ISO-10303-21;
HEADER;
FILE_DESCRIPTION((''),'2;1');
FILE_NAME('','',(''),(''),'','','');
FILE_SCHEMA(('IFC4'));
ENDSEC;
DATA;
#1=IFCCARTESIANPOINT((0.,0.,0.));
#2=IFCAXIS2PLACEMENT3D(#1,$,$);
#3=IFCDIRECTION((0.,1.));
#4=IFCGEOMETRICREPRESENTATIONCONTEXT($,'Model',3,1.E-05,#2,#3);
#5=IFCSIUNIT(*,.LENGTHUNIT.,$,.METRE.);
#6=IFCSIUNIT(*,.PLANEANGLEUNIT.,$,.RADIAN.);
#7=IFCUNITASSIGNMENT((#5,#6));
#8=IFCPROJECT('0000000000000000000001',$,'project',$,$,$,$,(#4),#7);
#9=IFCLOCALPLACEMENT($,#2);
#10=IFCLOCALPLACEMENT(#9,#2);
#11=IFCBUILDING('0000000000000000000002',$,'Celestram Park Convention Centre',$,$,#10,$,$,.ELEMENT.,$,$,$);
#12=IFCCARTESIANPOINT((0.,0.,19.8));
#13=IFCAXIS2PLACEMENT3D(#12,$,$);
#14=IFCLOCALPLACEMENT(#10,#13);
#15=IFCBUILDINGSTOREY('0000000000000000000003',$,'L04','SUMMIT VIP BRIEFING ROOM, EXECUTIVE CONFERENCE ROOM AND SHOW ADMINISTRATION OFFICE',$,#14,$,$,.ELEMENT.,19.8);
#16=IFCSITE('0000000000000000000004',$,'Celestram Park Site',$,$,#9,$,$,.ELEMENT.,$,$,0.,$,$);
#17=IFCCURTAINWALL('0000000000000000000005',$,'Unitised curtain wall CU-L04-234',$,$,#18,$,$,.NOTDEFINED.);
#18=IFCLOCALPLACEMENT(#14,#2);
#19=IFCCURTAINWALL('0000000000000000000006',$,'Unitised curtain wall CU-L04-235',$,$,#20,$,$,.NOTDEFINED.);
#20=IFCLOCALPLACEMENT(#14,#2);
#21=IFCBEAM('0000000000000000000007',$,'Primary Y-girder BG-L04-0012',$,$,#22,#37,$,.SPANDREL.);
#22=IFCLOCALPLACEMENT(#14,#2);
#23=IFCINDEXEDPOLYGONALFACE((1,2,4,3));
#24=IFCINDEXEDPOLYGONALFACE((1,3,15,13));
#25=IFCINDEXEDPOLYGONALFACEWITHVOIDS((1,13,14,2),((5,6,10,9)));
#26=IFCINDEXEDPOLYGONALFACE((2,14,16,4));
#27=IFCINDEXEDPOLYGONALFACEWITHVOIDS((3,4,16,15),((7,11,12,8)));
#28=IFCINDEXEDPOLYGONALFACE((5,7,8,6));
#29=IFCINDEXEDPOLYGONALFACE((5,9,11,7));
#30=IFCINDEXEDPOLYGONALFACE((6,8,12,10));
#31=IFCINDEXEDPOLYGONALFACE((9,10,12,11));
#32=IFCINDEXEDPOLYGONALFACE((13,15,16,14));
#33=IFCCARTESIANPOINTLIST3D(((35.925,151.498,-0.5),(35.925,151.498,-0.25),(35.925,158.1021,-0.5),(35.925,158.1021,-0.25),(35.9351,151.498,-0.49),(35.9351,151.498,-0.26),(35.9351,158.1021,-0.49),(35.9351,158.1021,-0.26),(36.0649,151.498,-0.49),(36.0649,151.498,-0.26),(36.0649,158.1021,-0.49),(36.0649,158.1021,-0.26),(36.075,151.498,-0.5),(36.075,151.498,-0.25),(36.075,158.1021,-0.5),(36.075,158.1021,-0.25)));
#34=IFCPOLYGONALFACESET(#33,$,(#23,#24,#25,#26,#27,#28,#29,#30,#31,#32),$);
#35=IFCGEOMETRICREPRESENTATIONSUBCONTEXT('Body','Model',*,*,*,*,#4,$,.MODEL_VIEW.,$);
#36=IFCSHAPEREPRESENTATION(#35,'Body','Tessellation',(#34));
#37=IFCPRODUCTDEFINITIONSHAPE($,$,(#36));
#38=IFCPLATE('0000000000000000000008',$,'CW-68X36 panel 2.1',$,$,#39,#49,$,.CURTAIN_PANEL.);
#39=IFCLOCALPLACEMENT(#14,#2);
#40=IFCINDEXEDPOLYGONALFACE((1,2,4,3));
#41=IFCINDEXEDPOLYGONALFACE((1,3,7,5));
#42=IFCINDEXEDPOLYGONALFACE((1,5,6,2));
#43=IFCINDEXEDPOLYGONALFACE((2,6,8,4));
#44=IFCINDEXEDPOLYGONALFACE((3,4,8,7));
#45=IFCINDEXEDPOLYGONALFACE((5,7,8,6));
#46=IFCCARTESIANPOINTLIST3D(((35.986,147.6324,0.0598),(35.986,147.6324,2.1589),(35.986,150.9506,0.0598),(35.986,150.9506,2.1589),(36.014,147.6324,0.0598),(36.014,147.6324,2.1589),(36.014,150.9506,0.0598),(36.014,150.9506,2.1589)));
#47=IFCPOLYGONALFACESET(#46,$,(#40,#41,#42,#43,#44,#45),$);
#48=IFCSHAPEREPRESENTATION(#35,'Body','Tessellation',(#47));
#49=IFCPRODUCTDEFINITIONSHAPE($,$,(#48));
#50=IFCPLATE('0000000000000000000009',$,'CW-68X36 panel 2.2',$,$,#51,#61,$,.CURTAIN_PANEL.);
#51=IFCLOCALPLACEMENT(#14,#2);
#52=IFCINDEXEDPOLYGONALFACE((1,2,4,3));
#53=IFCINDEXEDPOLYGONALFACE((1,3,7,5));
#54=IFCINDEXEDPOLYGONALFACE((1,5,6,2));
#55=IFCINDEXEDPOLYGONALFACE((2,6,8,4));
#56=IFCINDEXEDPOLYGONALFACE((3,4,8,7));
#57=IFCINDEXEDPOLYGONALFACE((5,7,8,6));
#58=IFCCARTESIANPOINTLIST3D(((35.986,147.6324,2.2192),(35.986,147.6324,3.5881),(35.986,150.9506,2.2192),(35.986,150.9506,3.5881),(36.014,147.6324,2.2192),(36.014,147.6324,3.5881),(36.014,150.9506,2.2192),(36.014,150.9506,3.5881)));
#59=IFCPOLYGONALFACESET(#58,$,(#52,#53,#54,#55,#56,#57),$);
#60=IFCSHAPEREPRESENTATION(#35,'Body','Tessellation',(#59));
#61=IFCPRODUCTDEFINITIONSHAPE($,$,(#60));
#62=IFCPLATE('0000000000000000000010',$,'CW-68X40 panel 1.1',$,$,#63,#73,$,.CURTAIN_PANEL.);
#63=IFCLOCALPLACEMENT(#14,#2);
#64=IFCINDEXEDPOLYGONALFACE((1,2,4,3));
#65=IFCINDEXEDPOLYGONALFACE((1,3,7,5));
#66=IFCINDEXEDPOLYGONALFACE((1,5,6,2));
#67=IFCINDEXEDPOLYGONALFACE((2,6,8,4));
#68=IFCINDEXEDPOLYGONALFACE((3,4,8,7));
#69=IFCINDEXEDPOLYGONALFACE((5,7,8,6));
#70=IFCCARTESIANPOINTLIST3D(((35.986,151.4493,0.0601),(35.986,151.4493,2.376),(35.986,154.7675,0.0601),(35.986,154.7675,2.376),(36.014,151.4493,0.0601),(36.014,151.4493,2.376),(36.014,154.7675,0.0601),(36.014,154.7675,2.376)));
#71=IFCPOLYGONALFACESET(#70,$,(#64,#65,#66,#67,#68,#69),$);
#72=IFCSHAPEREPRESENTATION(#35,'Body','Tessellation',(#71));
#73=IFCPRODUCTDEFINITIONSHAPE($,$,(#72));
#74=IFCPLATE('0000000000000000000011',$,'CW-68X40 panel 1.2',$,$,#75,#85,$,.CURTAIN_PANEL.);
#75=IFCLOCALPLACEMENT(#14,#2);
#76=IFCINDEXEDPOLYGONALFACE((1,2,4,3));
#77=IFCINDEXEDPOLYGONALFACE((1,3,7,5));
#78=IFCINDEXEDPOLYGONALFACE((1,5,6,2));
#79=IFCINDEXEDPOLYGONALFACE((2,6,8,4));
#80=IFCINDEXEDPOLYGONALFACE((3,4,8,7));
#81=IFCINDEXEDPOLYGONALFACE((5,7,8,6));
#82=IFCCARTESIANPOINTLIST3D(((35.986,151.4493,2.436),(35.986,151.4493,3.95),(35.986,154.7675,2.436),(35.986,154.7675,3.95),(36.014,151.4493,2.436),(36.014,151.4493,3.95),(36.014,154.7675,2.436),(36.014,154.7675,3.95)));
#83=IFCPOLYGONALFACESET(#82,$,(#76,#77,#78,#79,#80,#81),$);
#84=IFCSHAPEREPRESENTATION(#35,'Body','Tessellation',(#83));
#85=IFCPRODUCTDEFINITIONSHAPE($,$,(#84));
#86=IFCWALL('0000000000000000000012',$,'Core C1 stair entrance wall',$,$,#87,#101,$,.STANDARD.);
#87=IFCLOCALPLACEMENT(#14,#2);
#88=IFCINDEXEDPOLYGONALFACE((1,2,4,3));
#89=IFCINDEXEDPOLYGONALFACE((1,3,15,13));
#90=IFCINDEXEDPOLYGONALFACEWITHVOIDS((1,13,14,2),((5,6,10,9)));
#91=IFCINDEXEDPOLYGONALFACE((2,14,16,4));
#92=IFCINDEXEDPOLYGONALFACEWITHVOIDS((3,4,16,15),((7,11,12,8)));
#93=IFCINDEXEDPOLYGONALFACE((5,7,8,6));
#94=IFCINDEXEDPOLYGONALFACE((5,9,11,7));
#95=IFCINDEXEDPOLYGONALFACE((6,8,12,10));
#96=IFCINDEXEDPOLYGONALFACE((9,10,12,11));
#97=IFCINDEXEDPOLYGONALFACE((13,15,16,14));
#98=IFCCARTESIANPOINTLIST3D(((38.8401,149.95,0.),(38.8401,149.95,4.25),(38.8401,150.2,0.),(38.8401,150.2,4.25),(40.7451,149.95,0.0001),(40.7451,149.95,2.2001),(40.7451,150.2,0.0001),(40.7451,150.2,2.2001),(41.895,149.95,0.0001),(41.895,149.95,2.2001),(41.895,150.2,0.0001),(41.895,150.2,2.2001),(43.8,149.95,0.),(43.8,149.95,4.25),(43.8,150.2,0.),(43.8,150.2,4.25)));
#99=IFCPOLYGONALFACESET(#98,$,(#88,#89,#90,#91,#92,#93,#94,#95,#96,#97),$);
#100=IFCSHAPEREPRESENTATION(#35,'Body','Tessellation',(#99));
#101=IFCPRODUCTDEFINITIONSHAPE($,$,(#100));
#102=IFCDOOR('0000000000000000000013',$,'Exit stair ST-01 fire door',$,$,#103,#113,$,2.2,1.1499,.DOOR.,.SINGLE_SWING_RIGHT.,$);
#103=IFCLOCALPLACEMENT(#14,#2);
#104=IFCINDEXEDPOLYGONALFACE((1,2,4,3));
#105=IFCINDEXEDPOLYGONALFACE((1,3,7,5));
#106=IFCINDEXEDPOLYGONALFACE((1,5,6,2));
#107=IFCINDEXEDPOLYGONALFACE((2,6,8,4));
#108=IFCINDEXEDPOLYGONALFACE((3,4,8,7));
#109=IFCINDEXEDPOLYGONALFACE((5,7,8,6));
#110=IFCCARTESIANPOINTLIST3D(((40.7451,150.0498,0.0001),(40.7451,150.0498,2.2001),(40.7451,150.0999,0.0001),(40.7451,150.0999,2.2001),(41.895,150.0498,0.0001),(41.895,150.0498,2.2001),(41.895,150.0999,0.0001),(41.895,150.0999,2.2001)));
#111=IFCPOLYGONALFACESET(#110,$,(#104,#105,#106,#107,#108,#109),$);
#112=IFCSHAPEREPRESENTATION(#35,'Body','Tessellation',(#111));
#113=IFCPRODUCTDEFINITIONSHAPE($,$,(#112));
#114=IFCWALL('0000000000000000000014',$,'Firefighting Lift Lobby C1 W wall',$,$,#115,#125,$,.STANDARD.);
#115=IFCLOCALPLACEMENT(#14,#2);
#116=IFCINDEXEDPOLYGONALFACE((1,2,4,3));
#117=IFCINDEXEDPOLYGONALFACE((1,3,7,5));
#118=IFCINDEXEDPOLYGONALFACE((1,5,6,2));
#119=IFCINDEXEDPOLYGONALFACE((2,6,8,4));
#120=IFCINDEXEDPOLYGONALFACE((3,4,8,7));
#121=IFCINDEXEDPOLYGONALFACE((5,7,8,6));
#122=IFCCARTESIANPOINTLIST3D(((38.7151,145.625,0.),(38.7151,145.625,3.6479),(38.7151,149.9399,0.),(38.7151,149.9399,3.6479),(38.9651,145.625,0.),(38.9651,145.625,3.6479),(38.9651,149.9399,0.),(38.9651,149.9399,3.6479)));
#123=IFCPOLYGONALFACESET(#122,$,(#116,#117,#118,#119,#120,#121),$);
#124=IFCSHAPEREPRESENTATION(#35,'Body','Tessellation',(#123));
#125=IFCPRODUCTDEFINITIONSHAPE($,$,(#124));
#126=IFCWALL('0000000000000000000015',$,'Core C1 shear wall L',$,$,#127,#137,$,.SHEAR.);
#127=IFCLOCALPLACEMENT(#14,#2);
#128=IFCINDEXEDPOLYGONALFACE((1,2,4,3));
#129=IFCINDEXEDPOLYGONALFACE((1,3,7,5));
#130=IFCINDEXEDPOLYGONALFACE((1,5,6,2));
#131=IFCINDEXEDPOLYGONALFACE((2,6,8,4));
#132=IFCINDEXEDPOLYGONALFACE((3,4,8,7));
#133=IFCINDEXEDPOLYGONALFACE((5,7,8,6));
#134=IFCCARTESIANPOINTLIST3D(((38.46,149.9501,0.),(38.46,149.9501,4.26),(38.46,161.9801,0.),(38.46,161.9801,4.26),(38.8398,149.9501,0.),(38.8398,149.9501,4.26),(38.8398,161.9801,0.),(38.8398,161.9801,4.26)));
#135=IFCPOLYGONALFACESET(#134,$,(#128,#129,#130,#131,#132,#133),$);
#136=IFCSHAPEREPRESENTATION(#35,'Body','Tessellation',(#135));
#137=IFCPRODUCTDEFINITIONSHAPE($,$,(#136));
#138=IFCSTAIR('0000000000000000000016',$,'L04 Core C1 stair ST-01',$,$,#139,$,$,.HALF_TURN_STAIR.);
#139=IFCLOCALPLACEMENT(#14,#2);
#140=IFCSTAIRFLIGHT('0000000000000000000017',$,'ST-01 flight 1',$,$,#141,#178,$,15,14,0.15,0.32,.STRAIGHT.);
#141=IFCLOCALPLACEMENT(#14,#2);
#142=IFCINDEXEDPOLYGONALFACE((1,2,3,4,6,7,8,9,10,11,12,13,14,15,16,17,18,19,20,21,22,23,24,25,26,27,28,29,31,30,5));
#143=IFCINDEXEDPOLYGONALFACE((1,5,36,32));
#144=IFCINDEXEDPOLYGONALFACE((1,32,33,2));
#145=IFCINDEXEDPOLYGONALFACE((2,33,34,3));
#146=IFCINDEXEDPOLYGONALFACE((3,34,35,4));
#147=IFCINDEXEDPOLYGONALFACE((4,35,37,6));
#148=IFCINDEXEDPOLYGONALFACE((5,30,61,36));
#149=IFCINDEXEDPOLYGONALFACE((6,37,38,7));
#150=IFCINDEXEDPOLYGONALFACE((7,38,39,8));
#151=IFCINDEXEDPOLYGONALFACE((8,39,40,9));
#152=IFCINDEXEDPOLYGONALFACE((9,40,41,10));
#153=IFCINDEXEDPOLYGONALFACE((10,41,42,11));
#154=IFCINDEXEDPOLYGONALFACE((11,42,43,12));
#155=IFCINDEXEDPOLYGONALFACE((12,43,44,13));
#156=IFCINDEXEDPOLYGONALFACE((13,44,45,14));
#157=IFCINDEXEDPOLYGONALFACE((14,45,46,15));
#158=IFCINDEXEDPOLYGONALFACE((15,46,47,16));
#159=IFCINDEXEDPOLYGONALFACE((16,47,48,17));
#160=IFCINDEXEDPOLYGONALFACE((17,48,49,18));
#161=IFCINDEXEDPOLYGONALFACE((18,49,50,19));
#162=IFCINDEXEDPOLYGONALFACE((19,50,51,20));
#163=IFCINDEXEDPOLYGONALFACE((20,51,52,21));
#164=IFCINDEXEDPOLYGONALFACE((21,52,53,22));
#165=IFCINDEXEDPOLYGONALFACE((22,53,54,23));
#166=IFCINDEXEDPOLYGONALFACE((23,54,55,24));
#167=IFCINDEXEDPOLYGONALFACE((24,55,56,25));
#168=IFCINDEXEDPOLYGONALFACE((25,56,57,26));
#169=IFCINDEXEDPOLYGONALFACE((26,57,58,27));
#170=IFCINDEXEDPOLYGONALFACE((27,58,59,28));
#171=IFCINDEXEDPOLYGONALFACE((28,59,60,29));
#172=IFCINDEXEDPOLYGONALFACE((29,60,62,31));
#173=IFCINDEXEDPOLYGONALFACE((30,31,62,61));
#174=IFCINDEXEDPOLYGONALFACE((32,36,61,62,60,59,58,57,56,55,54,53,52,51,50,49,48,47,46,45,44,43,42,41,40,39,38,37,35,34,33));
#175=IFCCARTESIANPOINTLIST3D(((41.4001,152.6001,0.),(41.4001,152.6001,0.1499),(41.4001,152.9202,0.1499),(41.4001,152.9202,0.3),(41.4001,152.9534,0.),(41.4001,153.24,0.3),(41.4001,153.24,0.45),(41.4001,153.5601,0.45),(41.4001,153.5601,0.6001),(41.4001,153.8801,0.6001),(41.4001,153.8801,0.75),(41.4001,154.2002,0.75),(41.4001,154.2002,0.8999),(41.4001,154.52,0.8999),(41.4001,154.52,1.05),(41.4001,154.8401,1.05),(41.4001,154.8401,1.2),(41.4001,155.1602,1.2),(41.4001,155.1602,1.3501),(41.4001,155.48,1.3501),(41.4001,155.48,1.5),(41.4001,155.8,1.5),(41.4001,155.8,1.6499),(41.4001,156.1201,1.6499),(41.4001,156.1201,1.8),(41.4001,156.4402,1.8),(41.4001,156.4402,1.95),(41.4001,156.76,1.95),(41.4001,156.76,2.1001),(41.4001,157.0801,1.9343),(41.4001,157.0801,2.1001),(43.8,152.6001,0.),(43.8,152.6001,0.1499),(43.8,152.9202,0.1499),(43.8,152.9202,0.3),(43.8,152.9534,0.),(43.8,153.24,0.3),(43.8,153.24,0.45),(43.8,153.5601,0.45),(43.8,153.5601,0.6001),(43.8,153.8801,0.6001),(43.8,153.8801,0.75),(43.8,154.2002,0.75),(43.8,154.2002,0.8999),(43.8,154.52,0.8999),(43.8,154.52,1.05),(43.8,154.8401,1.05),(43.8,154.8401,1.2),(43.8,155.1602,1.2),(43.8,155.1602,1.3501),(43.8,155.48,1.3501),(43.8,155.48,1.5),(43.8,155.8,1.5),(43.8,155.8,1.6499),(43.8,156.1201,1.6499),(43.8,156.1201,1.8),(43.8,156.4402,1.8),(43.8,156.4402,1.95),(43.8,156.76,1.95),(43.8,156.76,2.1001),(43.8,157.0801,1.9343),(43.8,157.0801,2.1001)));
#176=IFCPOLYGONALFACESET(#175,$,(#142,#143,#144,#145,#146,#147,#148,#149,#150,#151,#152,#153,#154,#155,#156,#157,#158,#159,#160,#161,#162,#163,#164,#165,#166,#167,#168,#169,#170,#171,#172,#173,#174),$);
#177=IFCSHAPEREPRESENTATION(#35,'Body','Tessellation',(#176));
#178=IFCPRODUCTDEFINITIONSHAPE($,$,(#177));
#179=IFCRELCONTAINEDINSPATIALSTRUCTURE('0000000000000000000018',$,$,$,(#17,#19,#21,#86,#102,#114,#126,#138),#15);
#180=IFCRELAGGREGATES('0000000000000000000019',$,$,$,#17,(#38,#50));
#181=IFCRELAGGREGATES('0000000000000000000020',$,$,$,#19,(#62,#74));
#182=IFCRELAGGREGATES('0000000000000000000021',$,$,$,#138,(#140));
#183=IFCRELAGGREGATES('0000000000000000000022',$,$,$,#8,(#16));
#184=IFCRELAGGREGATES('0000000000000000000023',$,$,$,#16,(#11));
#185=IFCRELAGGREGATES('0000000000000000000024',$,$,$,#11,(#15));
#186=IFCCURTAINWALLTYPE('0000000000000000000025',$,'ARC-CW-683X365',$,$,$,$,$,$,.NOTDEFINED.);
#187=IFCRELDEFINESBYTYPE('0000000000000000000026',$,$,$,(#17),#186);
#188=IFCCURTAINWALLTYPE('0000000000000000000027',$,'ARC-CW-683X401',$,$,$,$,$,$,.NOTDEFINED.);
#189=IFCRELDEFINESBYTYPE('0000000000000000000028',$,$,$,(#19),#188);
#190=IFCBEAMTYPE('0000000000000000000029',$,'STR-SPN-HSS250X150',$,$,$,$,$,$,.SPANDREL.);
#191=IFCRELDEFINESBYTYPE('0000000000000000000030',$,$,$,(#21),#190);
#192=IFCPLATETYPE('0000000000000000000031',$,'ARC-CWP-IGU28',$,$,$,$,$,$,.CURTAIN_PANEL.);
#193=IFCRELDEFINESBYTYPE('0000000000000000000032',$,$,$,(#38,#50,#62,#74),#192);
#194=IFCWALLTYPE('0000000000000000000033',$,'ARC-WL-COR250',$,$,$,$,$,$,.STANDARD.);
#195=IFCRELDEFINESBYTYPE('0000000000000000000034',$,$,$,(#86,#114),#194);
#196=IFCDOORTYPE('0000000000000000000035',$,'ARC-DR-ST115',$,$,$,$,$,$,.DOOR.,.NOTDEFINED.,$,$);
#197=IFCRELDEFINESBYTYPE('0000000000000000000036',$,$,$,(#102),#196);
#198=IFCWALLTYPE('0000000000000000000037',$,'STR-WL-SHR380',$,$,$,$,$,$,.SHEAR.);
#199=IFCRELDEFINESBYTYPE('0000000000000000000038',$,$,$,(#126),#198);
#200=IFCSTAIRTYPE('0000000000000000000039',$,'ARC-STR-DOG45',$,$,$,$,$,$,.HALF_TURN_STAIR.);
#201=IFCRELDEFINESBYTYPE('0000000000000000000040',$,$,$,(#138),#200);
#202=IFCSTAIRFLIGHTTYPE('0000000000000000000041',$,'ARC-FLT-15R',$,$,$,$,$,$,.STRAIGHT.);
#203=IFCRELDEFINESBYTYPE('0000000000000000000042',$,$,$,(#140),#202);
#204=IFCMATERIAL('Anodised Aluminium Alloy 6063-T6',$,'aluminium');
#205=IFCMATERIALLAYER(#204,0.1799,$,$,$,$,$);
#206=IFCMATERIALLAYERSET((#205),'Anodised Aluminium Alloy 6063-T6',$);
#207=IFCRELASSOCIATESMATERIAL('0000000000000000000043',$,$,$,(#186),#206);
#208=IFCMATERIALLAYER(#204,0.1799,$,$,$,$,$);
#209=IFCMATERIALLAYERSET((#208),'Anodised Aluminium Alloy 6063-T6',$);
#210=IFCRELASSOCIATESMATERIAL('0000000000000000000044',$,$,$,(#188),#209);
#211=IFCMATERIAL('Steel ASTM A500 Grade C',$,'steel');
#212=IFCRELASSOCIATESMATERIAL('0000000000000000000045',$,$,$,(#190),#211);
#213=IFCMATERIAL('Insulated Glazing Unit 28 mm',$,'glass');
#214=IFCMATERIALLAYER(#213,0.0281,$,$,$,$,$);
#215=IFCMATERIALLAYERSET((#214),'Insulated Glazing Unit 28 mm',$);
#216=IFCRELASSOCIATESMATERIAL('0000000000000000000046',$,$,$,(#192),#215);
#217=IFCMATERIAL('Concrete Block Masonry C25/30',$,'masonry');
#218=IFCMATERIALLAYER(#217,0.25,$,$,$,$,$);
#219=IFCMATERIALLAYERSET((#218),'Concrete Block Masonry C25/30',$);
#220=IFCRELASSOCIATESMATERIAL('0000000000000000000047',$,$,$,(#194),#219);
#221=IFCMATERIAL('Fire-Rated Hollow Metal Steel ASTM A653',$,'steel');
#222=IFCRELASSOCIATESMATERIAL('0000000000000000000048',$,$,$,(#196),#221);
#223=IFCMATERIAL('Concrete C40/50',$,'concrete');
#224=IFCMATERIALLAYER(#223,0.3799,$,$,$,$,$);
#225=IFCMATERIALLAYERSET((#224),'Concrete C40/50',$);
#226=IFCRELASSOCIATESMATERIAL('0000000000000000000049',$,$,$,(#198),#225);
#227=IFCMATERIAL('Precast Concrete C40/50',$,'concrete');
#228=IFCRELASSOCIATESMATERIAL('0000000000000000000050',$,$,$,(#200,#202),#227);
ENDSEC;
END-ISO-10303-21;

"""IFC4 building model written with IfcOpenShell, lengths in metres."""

from ifc_helpers import new_model, si_unit, direction, frame, frame_2d, origin, origin_2d, place, context, subcontext, project, spatial, polyline, rectangle, hollow_rectangle, outline, extrude, material, layer, layer_set, material_profile, profile_set, type_object, element, fill, aggregate, save


model = new_model("IFC4")

# Units and contexts
model_context = context("Model", 3, precision=1e-05, world=origin(), true_north=direction((0.0, 1.0)))
body_context = subcontext(model_context, "Body", "Model", "MODEL_VIEW")
ifc_project = project(units=[si_unit("LENGTHUNIT", "METRE"), si_unit("PLANEANGLEUNIT", "RADIAN")], contexts=[model_context])

# Site, building, storey
site_placement = place(None, origin())
site = spatial("IfcSite", under=ifc_project, at=site_placement, Name="Celestram Park Site", CompositionType="ELEMENT", RefElevation=0.0)
building_placement = place(site_placement, origin())
building = spatial("IfcBuilding", under=site, at=building_placement, Name="Celestram Park Convention Centre", CompositionType="ELEMENT")
storey_placement = place(building_placement, frame((0.0, 0.0, 19.8)))
storey = spatial("IfcBuildingStorey", under=building, at=storey_placement, Name="L04", Description="SUMMIT VIP BRIEFING ROOM, EXECUTIVE CONFERENCE ROOM AND SHOW ADMINISTRATION OFFICE", CompositionType="ELEMENT", Elevation=19.8)

# Curtain wall
ifc_material_1 = material(Name="Anodised Aluminium Alloy 6063-T6", Category="aluminium")
ifc_layer_1 = layer(ifc_material_1, 0.1799)
ifc_layer_set_1 = layer_set([ifc_layer_1], Name="Anodised Aluminium Alloy 6063-T6")
curtain_wall_type_1 = type_object("IfcCurtainWallType", Name="ARC-CW-683X365", PredefinedType="NOTDEFINED", material=ifc_layer_set_1)
curtain_wall_1_placement = place(storey_placement, origin())
curtain_wall_1 = element("IfcCurtainWall", 1, at=curtain_wall_1_placement, inside=storey, type_object=curtain_wall_type_1, Name="Unitised curtain wall CU-L04-234", PredefinedType="NOTDEFINED")

# Curtain wall
ifc_layer_2 = layer(ifc_material_1, 0.1799)
ifc_layer_set_2 = layer_set([ifc_layer_2], Name="Anodised Aluminium Alloy 6063-T6")
curtain_wall_type_2 = type_object("IfcCurtainWallType", Name="ARC-CW-683X401", PredefinedType="NOTDEFINED", material=ifc_layer_set_2)
curtain_wall_2_placement = place(storey_placement, origin())
curtain_wall_2 = element("IfcCurtainWall", 2, at=curtain_wall_2_placement, inside=storey, type_object=curtain_wall_type_2, Name="Unitised curtain wall CU-L04-235", PredefinedType="NOTDEFINED")

# Beam
ifc_material_2 = material(Name="Steel ASTM A500 Grade C", Category="steel")
ifc_material_profile_1 = material_profile(ifc_material_2, hollow_rectangle(XDim=0.1499, YDim=0.25, WallThickness=0.01, at=origin_2d()), Name="HSS250X150X10")
ifc_profile_set_1 = profile_set([ifc_material_profile_1], Name="Steel ASTM A500 Grade C")
beam_type = type_object("IfcBeamType", Name="STR-SPN-HSS250X150", PredefinedType="SPANDREL", material=ifc_profile_set_1)
beam_placement = place(storey_placement, frame((36.0, 151.498, -0.375), z_axis=(0.0, 1.0, 0.0), x_axis=(-1.0, 0.0, 0.0)))
element("IfcBeam", 3, at=beam_placement, inside=storey, type_object=beam_type, Name="Primary Y-girder BG-L04-0012", PredefinedType="SPANDREL", context=body_context, shape_type="SweptSolid", body=[
    extrude(hollow_rectangle(XDim=0.1499, YDim=0.25, WallThickness=0.01, at=origin_2d()), origin(), (0.0, 0.0, 1.0), 6.604),
])

# Plates
ifc_material_3 = material(Name="Insulated Glazing Unit 28 mm", Category="glass")
ifc_layer_3 = layer(ifc_material_3, 0.0281)
ifc_layer_set_3 = layer_set([ifc_layer_3], Name="Insulated Glazing Unit 28 mm")
plate_type = type_object("IfcPlateType", Name="ARC-CWP-IGU28", PredefinedType="CURTAIN_PANEL", material=ifc_layer_set_3)
plate_1_placement = place(storey_placement, frame((36.0, 149.2915, 0.0598), z_axis=(0.0, 0.0, 1.0), x_axis=(0.0, 1.0, 0.0)))
plate_1 = element("IfcPlate", 4, at=plate_1_placement, type_object=plate_type, Name="CW-68X36 panel 2.1", PredefinedType="CURTAIN_PANEL", context=body_context, shape_type="SweptSolid", body=[
    extrude(rectangle(XDim=3.3181, YDim=0.0281, at=origin_2d()), origin(), (0.0, 0.0, 1.0), 2.0991),
])
plate_2_placement = place(storey_placement, frame((36.0, 149.2915, 2.2192), z_axis=(0.0, 0.0, 1.0), x_axis=(0.0, 1.0, 0.0)))
plate_2 = element("IfcPlate", 5, at=plate_2_placement, type_object=plate_type, Name="CW-68X36 panel 2.2", PredefinedType="CURTAIN_PANEL", context=body_context, shape_type="SweptSolid", body=[
    extrude(rectangle(XDim=3.3181, YDim=0.0281, at=origin_2d()), origin(), (0.0, 0.0, 1.0), 1.3689),
])
aggregate(curtain_wall_1, [plate_1, plate_2])
plate_3_placement = place(storey_placement, frame((36.0, 153.1084, 0.0601), z_axis=(0.0, 0.0, 1.0), x_axis=(0.0, 1.0, 0.0)))
plate_3 = element("IfcPlate", 6, at=plate_3_placement, type_object=plate_type, Name="CW-68X40 panel 1.1", PredefinedType="CURTAIN_PANEL", context=body_context, shape_type="SweptSolid", body=[
    extrude(rectangle(XDim=3.3181, YDim=0.0281, at=origin_2d()), origin(), (0.0, 0.0, 1.0), 2.3159),
])
plate_4_placement = place(storey_placement, frame((36.0, 153.1084, 2.436), z_axis=(0.0, 0.0, 1.0), x_axis=(0.0, 1.0, 0.0)))
plate_4 = element("IfcPlate", 7, at=plate_4_placement, type_object=plate_type, Name="CW-68X40 panel 1.2", PredefinedType="CURTAIN_PANEL", context=body_context, shape_type="SweptSolid", body=[
    extrude(rectangle(XDim=3.3181, YDim=0.0281, at=origin_2d()), origin(), (0.0, 0.0, 1.0), 1.5139),
])
aggregate(curtain_wall_2, [plate_3, plate_4])

# Wall, opening, door
ifc_material_4 = material(Name="Concrete Block Masonry C25/30", Category="masonry")
ifc_layer_4 = layer(ifc_material_4, 0.25)
ifc_layer_set_4 = layer_set([ifc_layer_4], Name="Concrete Block Masonry C25/30")
wall_type_1 = type_object("IfcWallType", Name="ARC-WL-COR250", PredefinedType="STANDARD", material=ifc_layer_set_4)
wall_1_placement = place(storey_placement, frame((38.8401, 150.075, 0.0), z_axis=(0.0, 0.0, 1.0), x_axis=(1.0, 0.0, 0.0)))
wall_1 = element("IfcWall", 8, at=wall_1_placement, inside=storey, type_object=wall_type_1, Name="Core C1 stair entrance wall", PredefinedType="STANDARD", context=body_context, shape_type="SweptSolid", body=[
    extrude(rectangle(XDim=4.96, YDim=0.25, at=frame_2d((2.48, 0.0))), origin(), (0.0, 0.0, 1.0), 4.25),
])
opening_placement = place(wall_1_placement, frame((1.905, 0.0, 0.0)))
opening = element("IfcOpeningElement", 9, at=opening_placement, cuts=wall_1, PredefinedType="OPENING", context=body_context, shape_type="SweptSolid", body=[
    extrude(rectangle(XDim=1.1499, YDim=2.2, at=frame_2d((0.575, 1.1001))), frame((0.0, 0.135, 0.0), z_axis=(0.0, -1.0, 0.0), x_axis=(1.0, 0.0, 0.0)), (0.0, 0.0, 1.0), 0.27),
])
ifc_material_5 = material(Name="Fire-Rated Hollow Metal Steel ASTM A653", Category="steel")
door_type = type_object("IfcDoorType", Name="ARC-DR-ST115", OperationType="NOTDEFINED", PredefinedType="DOOR", material=ifc_material_5)
door_placement = place(opening_placement, origin())
door = element("IfcDoor", 10, at=door_placement, inside=storey, type_object=door_type, Name="Exit stair ST-01 fire door", OperationType="SINGLE_SWING_RIGHT", OverallHeight=2.2, OverallWidth=1.1499, PredefinedType="DOOR", context=body_context, shape_type="SweptSolid", body=[
    extrude(rectangle(XDim=1.1499, YDim=2.2, at=frame_2d((0.575, 1.1001))), frame((0.0, 0.0249, 0.0), z_axis=(0.0, -1.0, 0.0), x_axis=(1.0, 0.0, 0.0)), (0.0, 0.0, 1.0), 0.05),
])
fill(opening, door)

# Walls
wall_2_placement = place(storey_placement, frame((38.8401, 149.9399, 0.0), z_axis=(0.0, 0.0, 1.0), x_axis=(0.0, -1.0, 0.0)))
element("IfcWall", 11, at=wall_2_placement, inside=storey, type_object=wall_type_1, Name="Firefighting Lift Lobby C1 W wall", PredefinedType="STANDARD", context=body_context, shape_type="SweptSolid", body=[
    extrude(rectangle(XDim=4.3149, YDim=0.25, at=frame_2d((2.1575, 0.0))), origin(), (0.0, 0.0, 1.0), 3.6479),
])
ifc_material_6 = material(Name="Concrete C40/50", Category="concrete")
ifc_layer_5 = layer(ifc_material_6, 0.3799)
ifc_layer_set_5 = layer_set([ifc_layer_5], Name="Concrete C40/50")
wall_type_2 = type_object("IfcWallType", Name="STR-WL-SHR380", PredefinedType="SHEAR", material=ifc_layer_set_5)
wall_3_placement = place(storey_placement, frame((38.6499, 149.95, 0.0), z_axis=(0.0, 0.0, 1.0), x_axis=(0.0, 1.0, 0.0)))
element("IfcWall", 12, at=wall_3_placement, inside=storey, type_object=wall_type_2, Name="Core C1 shear wall L", PredefinedType="SHEAR", context=body_context, shape_type="SweptSolid", body=[
    extrude(rectangle(XDim=12.03, YDim=0.3799, at=frame_2d((6.0151, 0.0))), origin(), (0.0, 0.0, 1.0), 4.26),
])

# Stair, stair flight
ifc_material_7 = material(Name="Precast Concrete C40/50", Category="concrete")
stair_type = type_object("IfcStairType", Name="ARC-STR-DOG45", PredefinedType="HALF_TURN_STAIR", material=ifc_material_7)
stair_placement = place(storey_placement, origin())
stair = element("IfcStair", 13, at=stair_placement, inside=storey, type_object=stair_type, Name="L04 Core C1 stair ST-01", PredefinedType="HALF_TURN_STAIR")
stair_flight_type = type_object("IfcStairFlightType", Name="ARC-FLT-15R", PredefinedType="STRAIGHT", material=ifc_material_7)
stair_flight_placement = place(storey_placement, frame((42.6001, 152.6001, 0.0), z_axis=(0.0, 0.0, 1.0), x_axis=(0.0, 1.0, 0.0)))
stair_flight = element("IfcStairFlight", 14, at=stair_flight_placement, type_object=stair_flight_type, Name="ST-01 flight 1", NumberOfRisers=15, NumberOfTreads=14, PredefinedType="STRAIGHT", RiserHeight=0.15, TreadLength=0.32, context=body_context, shape_type="SweptSolid", body=[
    extrude(outline(polyline([(0.0, 0.0), (0.0, 0.1499), (0.3201, 0.1499), (0.3201, 0.3), (0.6399, 0.3), (0.6399, 0.45), (0.96, 0.45), (0.96, 0.6001), (1.28, 0.6001), (1.28, 0.75), (1.6001, 0.75), (1.6001, 0.8999), (1.9199, 0.8999), (1.9199, 1.05), (2.24, 1.05), (2.24, 1.2), (2.5601, 1.2), (2.5601, 1.3501), (2.8799, 1.3501), (2.8799, 1.5), (3.2, 1.5), (3.2, 1.6499), (3.52, 1.6499), (3.52, 1.8), (3.8401, 1.8), (3.8401, 1.95), (4.1599, 1.95), (4.1599, 2.1001), (4.48, 2.1001), (4.48, 2.25), (4.48, 1.9343), (0.3533, 0.0), (0.0, 0.0)])), frame((0.0, 1.2, 0.0), z_axis=(0.0, -1.0, 0.0), x_axis=(1.0, 0.0, 0.0)), (0.0, 0.0, 1.0), 2.3999),
])
aggregate(stair, [stair_flight])

save(model, "model.ifc")
